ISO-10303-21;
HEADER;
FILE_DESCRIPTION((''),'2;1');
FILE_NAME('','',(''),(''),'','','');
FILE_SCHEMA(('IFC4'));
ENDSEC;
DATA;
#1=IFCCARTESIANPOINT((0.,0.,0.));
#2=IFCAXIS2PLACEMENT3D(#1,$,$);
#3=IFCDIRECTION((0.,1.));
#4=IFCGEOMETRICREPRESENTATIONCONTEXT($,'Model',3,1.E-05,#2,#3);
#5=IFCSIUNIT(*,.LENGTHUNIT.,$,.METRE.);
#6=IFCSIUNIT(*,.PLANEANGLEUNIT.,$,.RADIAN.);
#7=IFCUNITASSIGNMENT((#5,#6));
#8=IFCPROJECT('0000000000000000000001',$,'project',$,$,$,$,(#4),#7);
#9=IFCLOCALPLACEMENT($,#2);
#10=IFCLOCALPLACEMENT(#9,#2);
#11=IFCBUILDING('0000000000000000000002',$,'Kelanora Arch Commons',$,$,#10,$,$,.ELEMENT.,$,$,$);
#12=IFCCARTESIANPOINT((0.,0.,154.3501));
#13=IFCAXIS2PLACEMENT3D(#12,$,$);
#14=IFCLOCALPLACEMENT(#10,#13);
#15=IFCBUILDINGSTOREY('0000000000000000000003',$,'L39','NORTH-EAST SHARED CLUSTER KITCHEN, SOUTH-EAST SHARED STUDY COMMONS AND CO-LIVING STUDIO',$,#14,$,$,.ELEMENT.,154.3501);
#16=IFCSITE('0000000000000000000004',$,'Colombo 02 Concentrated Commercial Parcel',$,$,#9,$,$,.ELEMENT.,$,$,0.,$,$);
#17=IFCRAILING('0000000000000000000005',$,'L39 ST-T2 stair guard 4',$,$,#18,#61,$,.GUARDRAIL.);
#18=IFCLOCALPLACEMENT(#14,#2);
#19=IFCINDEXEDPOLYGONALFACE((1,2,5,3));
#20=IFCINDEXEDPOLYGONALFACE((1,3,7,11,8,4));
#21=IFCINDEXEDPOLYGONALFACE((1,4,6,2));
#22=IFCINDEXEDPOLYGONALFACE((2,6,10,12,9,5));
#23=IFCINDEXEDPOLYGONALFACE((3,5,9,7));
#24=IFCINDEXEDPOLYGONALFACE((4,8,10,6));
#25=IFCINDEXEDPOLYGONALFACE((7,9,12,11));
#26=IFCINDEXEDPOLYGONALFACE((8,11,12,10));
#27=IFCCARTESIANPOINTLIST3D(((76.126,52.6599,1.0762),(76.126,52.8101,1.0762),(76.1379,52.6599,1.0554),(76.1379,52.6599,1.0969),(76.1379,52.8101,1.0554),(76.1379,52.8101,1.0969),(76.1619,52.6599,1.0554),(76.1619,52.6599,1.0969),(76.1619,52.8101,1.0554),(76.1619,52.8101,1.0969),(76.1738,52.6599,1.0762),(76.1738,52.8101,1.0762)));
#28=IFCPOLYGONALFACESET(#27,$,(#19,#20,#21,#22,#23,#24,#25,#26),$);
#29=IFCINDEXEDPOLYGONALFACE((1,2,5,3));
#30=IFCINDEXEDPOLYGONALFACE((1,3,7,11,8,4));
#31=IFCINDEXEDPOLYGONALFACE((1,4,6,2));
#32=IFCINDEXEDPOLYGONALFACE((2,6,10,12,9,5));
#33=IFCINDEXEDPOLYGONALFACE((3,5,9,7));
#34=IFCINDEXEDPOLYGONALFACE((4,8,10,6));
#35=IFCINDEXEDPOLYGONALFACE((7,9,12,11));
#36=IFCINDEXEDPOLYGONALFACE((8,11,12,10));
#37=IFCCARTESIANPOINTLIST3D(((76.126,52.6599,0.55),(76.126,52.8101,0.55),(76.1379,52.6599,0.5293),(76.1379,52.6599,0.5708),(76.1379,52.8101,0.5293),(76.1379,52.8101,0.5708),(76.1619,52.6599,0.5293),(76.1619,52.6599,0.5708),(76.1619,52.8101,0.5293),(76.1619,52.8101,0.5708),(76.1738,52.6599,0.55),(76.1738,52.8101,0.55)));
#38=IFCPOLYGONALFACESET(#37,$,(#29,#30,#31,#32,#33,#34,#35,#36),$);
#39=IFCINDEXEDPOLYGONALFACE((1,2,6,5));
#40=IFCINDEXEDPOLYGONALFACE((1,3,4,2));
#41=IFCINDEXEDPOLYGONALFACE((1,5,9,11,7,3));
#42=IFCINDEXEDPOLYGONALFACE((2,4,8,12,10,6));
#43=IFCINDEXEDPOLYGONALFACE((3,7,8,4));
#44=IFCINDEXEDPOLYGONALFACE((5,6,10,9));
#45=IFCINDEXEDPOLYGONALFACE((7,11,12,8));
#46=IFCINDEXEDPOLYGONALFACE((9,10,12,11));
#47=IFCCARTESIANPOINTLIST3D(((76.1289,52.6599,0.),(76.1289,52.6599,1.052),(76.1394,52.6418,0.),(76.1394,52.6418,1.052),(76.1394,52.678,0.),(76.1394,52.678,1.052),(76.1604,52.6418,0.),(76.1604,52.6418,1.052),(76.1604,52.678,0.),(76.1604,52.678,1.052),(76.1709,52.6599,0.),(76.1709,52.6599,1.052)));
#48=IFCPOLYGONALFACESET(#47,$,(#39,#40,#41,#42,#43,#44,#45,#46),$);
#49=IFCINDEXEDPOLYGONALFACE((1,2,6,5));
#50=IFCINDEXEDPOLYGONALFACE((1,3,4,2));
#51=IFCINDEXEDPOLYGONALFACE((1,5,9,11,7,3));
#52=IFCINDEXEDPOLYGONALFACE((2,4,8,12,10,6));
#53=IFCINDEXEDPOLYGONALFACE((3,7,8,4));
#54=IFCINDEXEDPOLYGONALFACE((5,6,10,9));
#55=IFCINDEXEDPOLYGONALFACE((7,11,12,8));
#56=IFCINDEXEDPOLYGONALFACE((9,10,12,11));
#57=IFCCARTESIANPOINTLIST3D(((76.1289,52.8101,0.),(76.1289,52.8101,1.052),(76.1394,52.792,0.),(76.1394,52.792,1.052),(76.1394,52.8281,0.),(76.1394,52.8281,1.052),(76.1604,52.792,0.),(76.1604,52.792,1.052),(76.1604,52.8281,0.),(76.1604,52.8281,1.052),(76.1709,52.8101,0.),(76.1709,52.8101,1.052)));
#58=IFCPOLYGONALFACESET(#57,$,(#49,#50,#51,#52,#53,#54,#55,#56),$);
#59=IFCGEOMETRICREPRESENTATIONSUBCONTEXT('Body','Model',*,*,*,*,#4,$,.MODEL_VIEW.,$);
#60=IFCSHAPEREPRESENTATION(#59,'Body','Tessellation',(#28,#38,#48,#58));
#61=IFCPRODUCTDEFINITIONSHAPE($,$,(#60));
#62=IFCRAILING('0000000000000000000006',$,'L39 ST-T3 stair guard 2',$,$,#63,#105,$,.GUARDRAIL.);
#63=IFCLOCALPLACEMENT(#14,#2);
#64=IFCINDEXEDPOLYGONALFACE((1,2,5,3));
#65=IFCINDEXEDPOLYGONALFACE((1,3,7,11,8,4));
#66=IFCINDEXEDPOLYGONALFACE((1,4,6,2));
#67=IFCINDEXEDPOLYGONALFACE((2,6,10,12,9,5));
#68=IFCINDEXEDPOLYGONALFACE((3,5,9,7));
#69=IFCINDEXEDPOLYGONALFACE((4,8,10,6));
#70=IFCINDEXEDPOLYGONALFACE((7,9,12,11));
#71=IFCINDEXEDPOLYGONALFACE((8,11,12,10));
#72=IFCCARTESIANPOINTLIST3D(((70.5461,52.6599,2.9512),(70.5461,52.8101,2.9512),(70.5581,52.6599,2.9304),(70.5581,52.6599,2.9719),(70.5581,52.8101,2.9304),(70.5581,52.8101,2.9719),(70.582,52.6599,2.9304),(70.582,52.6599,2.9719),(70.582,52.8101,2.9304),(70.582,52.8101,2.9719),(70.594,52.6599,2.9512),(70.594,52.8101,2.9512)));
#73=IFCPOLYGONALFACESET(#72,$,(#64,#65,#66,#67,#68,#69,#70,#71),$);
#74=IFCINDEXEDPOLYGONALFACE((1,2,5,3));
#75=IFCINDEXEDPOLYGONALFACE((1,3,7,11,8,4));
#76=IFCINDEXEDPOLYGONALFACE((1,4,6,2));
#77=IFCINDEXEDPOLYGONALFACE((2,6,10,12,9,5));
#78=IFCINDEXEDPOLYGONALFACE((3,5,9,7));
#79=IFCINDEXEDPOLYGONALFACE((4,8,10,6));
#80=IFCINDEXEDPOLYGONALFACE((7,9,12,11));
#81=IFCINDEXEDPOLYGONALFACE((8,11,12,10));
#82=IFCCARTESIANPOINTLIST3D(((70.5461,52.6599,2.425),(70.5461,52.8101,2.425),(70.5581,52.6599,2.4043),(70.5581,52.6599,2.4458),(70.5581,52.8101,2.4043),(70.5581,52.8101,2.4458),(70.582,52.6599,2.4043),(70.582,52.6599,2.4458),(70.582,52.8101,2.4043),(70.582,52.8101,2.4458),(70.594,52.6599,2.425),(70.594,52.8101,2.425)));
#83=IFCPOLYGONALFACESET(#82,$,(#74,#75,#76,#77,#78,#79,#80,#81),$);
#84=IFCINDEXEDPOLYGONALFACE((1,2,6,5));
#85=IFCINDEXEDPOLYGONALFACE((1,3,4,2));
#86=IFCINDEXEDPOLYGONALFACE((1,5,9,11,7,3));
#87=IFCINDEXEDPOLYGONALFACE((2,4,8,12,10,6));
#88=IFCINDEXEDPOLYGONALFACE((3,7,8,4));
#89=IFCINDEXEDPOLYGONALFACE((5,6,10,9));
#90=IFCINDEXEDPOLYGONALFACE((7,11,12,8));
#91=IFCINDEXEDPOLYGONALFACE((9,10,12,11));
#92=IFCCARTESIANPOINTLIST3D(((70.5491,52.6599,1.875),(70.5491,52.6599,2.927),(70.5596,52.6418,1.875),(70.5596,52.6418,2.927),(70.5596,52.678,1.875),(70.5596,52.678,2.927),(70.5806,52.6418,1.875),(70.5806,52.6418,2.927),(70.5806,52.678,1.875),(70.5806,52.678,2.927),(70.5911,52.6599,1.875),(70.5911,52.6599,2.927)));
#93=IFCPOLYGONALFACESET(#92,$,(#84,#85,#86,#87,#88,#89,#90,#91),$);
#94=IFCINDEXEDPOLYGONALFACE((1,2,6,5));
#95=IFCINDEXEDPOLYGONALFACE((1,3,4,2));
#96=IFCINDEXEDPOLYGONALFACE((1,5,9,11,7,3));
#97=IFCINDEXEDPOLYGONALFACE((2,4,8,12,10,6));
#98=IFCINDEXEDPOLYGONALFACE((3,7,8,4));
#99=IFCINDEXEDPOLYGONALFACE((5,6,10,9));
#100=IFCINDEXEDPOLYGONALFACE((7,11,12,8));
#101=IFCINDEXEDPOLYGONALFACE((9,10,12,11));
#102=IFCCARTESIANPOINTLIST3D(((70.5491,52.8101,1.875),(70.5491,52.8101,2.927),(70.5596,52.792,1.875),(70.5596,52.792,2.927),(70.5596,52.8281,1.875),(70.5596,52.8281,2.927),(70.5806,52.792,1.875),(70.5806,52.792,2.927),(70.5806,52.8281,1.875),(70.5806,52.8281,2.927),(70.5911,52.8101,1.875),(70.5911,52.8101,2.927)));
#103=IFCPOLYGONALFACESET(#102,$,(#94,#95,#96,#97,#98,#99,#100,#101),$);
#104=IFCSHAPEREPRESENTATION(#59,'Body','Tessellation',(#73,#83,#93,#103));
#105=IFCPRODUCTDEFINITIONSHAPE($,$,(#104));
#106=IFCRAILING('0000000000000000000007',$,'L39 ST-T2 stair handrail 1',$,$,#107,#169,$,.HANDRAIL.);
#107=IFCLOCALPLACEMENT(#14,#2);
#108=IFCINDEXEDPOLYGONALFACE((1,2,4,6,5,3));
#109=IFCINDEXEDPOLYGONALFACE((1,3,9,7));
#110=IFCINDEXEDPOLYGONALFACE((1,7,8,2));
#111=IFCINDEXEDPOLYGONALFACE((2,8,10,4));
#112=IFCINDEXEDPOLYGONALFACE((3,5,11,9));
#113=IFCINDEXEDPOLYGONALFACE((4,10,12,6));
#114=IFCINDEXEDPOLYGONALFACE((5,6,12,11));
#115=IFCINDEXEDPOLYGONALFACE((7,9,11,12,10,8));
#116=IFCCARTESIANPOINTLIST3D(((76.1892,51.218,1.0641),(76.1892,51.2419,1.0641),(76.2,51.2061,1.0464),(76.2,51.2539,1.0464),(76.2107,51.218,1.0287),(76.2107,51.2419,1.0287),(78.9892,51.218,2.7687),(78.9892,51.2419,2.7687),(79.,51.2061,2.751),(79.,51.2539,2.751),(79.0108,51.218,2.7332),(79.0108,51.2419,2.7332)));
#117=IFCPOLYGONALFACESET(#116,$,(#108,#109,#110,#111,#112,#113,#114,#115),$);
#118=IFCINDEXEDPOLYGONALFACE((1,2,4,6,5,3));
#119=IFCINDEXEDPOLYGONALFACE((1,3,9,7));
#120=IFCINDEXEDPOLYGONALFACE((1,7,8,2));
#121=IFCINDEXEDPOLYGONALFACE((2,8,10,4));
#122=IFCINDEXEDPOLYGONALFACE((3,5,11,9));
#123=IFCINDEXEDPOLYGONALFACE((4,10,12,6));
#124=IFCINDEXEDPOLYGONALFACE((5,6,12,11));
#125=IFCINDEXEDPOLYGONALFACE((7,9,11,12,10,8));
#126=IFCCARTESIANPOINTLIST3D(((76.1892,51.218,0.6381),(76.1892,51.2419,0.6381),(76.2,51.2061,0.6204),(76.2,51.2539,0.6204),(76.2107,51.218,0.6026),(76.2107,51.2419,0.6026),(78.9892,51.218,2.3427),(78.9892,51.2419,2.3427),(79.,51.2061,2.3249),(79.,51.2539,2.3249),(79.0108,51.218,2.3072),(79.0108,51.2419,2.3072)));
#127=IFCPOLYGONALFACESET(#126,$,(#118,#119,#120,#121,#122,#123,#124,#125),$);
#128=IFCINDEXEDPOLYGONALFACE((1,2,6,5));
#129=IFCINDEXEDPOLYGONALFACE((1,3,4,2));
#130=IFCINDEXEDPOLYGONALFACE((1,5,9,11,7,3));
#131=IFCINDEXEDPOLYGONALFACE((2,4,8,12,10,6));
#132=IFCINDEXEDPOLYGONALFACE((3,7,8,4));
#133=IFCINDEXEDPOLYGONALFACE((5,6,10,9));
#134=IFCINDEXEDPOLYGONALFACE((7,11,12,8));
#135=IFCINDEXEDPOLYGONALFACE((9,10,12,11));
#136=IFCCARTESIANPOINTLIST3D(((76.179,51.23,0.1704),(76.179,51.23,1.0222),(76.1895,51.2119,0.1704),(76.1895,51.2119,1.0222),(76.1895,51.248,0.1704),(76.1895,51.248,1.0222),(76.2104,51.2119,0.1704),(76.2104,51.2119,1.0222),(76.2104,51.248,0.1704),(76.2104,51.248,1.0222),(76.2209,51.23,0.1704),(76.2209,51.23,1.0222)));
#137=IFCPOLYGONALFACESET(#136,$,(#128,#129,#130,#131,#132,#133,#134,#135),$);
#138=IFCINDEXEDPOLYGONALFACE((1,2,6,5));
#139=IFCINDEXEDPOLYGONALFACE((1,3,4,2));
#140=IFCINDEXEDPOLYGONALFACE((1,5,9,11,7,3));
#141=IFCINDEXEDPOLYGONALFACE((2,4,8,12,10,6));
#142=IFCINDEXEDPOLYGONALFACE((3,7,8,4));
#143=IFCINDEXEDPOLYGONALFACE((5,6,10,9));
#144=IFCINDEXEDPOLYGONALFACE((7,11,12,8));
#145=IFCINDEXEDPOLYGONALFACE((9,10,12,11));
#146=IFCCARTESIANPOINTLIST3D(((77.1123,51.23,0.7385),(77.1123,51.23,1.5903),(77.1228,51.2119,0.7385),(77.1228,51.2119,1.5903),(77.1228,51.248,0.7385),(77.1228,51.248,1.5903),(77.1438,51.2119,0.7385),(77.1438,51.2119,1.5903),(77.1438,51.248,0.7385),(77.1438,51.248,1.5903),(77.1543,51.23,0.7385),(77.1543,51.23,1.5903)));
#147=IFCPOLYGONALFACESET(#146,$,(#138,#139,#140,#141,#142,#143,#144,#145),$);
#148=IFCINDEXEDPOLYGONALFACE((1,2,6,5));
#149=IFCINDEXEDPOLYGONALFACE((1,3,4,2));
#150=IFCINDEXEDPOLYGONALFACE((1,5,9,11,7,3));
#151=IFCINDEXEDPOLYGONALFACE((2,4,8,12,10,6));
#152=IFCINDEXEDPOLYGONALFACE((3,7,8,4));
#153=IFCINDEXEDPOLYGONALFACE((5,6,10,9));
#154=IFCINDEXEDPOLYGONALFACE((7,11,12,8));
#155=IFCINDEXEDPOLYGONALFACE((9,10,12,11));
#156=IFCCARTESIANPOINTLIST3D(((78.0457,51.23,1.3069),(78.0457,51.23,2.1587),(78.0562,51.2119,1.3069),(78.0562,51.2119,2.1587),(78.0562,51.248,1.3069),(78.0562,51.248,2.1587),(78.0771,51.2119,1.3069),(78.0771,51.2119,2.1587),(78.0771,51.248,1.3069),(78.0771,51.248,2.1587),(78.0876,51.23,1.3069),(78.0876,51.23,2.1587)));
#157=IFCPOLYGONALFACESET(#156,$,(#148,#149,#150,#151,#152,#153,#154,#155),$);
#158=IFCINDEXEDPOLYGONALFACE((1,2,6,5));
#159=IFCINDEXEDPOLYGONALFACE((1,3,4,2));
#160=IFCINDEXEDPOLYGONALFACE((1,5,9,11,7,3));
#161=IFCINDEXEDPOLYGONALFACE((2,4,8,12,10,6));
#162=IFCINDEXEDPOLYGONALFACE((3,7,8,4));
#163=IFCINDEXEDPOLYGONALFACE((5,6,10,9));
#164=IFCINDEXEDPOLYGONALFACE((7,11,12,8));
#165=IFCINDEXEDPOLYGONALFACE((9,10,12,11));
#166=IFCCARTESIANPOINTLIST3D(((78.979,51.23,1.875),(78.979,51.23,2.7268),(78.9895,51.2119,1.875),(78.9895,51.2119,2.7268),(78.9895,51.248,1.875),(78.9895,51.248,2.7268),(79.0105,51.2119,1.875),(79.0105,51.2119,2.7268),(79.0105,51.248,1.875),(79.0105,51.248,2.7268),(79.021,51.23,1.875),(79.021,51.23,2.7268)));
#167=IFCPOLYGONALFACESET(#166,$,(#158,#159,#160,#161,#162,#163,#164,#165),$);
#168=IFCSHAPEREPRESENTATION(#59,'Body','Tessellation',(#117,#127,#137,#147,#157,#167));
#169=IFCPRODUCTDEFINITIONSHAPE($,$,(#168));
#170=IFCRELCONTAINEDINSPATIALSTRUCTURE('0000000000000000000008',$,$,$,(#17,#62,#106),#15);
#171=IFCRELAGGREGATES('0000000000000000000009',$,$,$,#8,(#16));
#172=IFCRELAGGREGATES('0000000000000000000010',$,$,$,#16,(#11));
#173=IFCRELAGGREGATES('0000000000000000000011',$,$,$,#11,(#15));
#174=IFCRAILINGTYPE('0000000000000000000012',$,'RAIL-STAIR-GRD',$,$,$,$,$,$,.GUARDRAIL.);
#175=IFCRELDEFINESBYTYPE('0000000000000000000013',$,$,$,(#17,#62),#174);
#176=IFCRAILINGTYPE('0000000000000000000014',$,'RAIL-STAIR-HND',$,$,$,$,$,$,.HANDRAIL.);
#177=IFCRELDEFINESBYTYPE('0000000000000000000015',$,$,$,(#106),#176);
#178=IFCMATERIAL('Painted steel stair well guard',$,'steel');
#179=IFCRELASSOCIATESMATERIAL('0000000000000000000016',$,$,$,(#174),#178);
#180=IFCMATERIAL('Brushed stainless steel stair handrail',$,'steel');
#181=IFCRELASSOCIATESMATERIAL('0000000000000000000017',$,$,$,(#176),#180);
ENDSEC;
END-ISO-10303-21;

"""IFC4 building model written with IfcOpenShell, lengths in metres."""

from ifc_helpers import new_model, si_unit, direction, frame, origin, place, context, subcontext, project, spatial, polyline, outline, extrude, material, type_object, element, save


model = new_model("IFC4")

# Units and contexts
model_context = context("Model", 3, precision=1e-05, world=origin(), true_north=direction((0.0, 1.0)))
body_context = subcontext(model_context, "Body", "Model", "MODEL_VIEW")
ifc_project = project(units=[si_unit("LENGTHUNIT", "METRE"), si_unit("PLANEANGLEUNIT", "RADIAN")], contexts=[model_context])

# Site, building, storey
site_placement = place(None, origin())
site = spatial("IfcSite", under=ifc_project, at=site_placement, Name="Colombo 02 Concentrated Commercial Parcel", CompositionType="ELEMENT", RefElevation=0.0)
building_placement = place(site_placement, origin())
building = spatial("IfcBuilding", under=site, at=building_placement, Name="Kelanora Arch Commons", CompositionType="ELEMENT")
storey_placement = place(building_placement, frame((0.0, 0.0, 154.3501)))
storey = spatial("IfcBuildingStorey", under=building, at=storey_placement, Name="L39", Description="NORTH-EAST SHARED CLUSTER KITCHEN, SOUTH-EAST SHARED STUDY COMMONS AND CO-LIVING STUDIO", CompositionType="ELEMENT", Elevation=154.3501)

# Railings
ifc_material_1 = material(Name="Painted steel stair well guard", Category="steel")
railing_type_1 = type_object("IfcRailingType", Name="RAIL-STAIR-GRD", PredefinedType="GUARDRAIL", material=ifc_material_1)
for number, where, name in (
    (1, (76.1499, 52.6599, 0.0), "L39 ST-T2 stair guard 4"),
    (2, (70.5701, 52.6599, 1.875), "L39 ST-T3 stair guard 2"),
):
    element("IfcRailing", number, at=place(storey_placement, frame(where)), inside=storey, type_object=railing_type_1, Name=name, PredefinedType="GUARDRAIL", context=body_context, shape_type="SweptSolid", body=[
        extrude(outline(polyline([(0.0239, 0.0), (0.012, 0.0208), (-0.012, 0.0208), (-0.0239, 0.0), (-0.012, -0.0208), (0.012, -0.0208), (0.0239, 0.0)])), frame((0.0, 0.0, 1.0762), z_axis=(0.0, 1.0, 0.0), x_axis=(-1.0, 0.0, 0.0)), (0.0, 0.0, 1.0), 0.1501),
        extrude(outline(polyline([(0.0239, 0.0), (0.012, 0.0208), (-0.012, 0.0208), (-0.0239, 0.0), (-0.012, -0.0208), (0.012, -0.0208), (0.0239, 0.0)])), frame((0.0, 0.0, 0.55), z_axis=(0.0, 1.0, 0.0), x_axis=(-1.0, 0.0, 0.0)), (0.0, 0.0, 1.0), 0.1501),
        extrude(outline(polyline([(0.021, 0.0), (0.0105, 0.0181), (-0.0105, 0.0181), (-0.021, 0.0), (-0.0105, -0.0181), (0.0105, -0.0181), (0.021, 0.0)])), origin(), (0.0, 0.0, 1.0), 1.052),
        extrude(outline(polyline([(0.021, 0.0), (0.0105, 0.0181), (-0.0105, 0.0181), (-0.021, 0.0), (-0.0105, -0.0181), (0.0105, -0.0181), (0.021, 0.0)])), frame((0.0, 0.1501, 0.0)), (0.0, 0.0, 1.0), 1.052),
    ])
ifc_material_2 = material(Name="Brushed stainless steel stair handrail", Category="steel")
railing_type_2 = type_object("IfcRailingType", Name="RAIL-STAIR-HND", PredefinedType="HANDRAIL", material=ifc_material_2)
railing_1_placement = place(storey_placement, frame((76.2, 51.23, 0.1704)))
element("IfcRailing", 3, at=railing_1_placement, inside=storey, type_object=railing_type_2, Name="L39 ST-T2 stair handrail 1", PredefinedType="HANDRAIL", context=body_context, shape_type="SweptSolid", body=[
    extrude(outline(polyline([(0.0239, 0.0), (0.012, 0.0208), (-0.012, 0.0208), (-0.0239, 0.0), (-0.012, -0.0208), (0.012, -0.0208), (0.0239, 0.0)])), frame((0.0, 0.0, 0.876), z_axis=(0.85417, 0.0, 0.519994), x_axis=(0.0, 1.0, 0.0)), (0.0, 0.0, 1.0), 3.2781),
    extrude(outline(polyline([(0.0239, 0.0), (0.012, 0.0208), (-0.012, 0.0208), (-0.0239, 0.0), (-0.012, -0.0208), (0.012, -0.0208), (0.0239, 0.0)])), frame((0.0, 0.0, 0.45), z_axis=(0.85417, 0.0, 0.519994), x_axis=(0.0, 1.0, 0.0)), (0.0, 0.0, 1.0), 3.2781),
    extrude(outline(polyline([(0.021, 0.0), (0.0105, 0.0181), (-0.0105, 0.0181), (-0.021, 0.0), (-0.0105, -0.0181), (0.0105, -0.0181), (0.021, 0.0)])), origin(), (0.0, 0.0, 1.0), 0.8518),
    extrude(outline(polyline([(0.021, 0.0), (0.0105, 0.0181), (-0.0105, 0.0181), (-0.021, 0.0), (-0.0105, -0.0181), (0.0105, -0.0181), (0.021, 0.0)])), frame((0.9333, 0.0, 0.5681)), (0.0, 0.0, 1.0), 0.8518),
    extrude(outline(polyline([(0.021, 0.0), (0.0105, 0.0181), (-0.0105, 0.0181), (-0.021, 0.0), (-0.0105, -0.0181), (0.0105, -0.0181), (0.021, 0.0)])), frame((1.8667, 0.0, 1.1365)), (0.0, 0.0, 1.0), 0.8518),
    extrude(outline(polyline([(0.021, 0.0), (0.0105, 0.0181), (-0.0105, 0.0181), (-0.021, 0.0), (-0.0105, -0.0181), (0.0105, -0.0181), (0.021, 0.0)])), frame((2.8, 0.0, 1.7046)), (0.0, 0.0, 1.0), 0.8518),
])

save(model, "model.ifc")
